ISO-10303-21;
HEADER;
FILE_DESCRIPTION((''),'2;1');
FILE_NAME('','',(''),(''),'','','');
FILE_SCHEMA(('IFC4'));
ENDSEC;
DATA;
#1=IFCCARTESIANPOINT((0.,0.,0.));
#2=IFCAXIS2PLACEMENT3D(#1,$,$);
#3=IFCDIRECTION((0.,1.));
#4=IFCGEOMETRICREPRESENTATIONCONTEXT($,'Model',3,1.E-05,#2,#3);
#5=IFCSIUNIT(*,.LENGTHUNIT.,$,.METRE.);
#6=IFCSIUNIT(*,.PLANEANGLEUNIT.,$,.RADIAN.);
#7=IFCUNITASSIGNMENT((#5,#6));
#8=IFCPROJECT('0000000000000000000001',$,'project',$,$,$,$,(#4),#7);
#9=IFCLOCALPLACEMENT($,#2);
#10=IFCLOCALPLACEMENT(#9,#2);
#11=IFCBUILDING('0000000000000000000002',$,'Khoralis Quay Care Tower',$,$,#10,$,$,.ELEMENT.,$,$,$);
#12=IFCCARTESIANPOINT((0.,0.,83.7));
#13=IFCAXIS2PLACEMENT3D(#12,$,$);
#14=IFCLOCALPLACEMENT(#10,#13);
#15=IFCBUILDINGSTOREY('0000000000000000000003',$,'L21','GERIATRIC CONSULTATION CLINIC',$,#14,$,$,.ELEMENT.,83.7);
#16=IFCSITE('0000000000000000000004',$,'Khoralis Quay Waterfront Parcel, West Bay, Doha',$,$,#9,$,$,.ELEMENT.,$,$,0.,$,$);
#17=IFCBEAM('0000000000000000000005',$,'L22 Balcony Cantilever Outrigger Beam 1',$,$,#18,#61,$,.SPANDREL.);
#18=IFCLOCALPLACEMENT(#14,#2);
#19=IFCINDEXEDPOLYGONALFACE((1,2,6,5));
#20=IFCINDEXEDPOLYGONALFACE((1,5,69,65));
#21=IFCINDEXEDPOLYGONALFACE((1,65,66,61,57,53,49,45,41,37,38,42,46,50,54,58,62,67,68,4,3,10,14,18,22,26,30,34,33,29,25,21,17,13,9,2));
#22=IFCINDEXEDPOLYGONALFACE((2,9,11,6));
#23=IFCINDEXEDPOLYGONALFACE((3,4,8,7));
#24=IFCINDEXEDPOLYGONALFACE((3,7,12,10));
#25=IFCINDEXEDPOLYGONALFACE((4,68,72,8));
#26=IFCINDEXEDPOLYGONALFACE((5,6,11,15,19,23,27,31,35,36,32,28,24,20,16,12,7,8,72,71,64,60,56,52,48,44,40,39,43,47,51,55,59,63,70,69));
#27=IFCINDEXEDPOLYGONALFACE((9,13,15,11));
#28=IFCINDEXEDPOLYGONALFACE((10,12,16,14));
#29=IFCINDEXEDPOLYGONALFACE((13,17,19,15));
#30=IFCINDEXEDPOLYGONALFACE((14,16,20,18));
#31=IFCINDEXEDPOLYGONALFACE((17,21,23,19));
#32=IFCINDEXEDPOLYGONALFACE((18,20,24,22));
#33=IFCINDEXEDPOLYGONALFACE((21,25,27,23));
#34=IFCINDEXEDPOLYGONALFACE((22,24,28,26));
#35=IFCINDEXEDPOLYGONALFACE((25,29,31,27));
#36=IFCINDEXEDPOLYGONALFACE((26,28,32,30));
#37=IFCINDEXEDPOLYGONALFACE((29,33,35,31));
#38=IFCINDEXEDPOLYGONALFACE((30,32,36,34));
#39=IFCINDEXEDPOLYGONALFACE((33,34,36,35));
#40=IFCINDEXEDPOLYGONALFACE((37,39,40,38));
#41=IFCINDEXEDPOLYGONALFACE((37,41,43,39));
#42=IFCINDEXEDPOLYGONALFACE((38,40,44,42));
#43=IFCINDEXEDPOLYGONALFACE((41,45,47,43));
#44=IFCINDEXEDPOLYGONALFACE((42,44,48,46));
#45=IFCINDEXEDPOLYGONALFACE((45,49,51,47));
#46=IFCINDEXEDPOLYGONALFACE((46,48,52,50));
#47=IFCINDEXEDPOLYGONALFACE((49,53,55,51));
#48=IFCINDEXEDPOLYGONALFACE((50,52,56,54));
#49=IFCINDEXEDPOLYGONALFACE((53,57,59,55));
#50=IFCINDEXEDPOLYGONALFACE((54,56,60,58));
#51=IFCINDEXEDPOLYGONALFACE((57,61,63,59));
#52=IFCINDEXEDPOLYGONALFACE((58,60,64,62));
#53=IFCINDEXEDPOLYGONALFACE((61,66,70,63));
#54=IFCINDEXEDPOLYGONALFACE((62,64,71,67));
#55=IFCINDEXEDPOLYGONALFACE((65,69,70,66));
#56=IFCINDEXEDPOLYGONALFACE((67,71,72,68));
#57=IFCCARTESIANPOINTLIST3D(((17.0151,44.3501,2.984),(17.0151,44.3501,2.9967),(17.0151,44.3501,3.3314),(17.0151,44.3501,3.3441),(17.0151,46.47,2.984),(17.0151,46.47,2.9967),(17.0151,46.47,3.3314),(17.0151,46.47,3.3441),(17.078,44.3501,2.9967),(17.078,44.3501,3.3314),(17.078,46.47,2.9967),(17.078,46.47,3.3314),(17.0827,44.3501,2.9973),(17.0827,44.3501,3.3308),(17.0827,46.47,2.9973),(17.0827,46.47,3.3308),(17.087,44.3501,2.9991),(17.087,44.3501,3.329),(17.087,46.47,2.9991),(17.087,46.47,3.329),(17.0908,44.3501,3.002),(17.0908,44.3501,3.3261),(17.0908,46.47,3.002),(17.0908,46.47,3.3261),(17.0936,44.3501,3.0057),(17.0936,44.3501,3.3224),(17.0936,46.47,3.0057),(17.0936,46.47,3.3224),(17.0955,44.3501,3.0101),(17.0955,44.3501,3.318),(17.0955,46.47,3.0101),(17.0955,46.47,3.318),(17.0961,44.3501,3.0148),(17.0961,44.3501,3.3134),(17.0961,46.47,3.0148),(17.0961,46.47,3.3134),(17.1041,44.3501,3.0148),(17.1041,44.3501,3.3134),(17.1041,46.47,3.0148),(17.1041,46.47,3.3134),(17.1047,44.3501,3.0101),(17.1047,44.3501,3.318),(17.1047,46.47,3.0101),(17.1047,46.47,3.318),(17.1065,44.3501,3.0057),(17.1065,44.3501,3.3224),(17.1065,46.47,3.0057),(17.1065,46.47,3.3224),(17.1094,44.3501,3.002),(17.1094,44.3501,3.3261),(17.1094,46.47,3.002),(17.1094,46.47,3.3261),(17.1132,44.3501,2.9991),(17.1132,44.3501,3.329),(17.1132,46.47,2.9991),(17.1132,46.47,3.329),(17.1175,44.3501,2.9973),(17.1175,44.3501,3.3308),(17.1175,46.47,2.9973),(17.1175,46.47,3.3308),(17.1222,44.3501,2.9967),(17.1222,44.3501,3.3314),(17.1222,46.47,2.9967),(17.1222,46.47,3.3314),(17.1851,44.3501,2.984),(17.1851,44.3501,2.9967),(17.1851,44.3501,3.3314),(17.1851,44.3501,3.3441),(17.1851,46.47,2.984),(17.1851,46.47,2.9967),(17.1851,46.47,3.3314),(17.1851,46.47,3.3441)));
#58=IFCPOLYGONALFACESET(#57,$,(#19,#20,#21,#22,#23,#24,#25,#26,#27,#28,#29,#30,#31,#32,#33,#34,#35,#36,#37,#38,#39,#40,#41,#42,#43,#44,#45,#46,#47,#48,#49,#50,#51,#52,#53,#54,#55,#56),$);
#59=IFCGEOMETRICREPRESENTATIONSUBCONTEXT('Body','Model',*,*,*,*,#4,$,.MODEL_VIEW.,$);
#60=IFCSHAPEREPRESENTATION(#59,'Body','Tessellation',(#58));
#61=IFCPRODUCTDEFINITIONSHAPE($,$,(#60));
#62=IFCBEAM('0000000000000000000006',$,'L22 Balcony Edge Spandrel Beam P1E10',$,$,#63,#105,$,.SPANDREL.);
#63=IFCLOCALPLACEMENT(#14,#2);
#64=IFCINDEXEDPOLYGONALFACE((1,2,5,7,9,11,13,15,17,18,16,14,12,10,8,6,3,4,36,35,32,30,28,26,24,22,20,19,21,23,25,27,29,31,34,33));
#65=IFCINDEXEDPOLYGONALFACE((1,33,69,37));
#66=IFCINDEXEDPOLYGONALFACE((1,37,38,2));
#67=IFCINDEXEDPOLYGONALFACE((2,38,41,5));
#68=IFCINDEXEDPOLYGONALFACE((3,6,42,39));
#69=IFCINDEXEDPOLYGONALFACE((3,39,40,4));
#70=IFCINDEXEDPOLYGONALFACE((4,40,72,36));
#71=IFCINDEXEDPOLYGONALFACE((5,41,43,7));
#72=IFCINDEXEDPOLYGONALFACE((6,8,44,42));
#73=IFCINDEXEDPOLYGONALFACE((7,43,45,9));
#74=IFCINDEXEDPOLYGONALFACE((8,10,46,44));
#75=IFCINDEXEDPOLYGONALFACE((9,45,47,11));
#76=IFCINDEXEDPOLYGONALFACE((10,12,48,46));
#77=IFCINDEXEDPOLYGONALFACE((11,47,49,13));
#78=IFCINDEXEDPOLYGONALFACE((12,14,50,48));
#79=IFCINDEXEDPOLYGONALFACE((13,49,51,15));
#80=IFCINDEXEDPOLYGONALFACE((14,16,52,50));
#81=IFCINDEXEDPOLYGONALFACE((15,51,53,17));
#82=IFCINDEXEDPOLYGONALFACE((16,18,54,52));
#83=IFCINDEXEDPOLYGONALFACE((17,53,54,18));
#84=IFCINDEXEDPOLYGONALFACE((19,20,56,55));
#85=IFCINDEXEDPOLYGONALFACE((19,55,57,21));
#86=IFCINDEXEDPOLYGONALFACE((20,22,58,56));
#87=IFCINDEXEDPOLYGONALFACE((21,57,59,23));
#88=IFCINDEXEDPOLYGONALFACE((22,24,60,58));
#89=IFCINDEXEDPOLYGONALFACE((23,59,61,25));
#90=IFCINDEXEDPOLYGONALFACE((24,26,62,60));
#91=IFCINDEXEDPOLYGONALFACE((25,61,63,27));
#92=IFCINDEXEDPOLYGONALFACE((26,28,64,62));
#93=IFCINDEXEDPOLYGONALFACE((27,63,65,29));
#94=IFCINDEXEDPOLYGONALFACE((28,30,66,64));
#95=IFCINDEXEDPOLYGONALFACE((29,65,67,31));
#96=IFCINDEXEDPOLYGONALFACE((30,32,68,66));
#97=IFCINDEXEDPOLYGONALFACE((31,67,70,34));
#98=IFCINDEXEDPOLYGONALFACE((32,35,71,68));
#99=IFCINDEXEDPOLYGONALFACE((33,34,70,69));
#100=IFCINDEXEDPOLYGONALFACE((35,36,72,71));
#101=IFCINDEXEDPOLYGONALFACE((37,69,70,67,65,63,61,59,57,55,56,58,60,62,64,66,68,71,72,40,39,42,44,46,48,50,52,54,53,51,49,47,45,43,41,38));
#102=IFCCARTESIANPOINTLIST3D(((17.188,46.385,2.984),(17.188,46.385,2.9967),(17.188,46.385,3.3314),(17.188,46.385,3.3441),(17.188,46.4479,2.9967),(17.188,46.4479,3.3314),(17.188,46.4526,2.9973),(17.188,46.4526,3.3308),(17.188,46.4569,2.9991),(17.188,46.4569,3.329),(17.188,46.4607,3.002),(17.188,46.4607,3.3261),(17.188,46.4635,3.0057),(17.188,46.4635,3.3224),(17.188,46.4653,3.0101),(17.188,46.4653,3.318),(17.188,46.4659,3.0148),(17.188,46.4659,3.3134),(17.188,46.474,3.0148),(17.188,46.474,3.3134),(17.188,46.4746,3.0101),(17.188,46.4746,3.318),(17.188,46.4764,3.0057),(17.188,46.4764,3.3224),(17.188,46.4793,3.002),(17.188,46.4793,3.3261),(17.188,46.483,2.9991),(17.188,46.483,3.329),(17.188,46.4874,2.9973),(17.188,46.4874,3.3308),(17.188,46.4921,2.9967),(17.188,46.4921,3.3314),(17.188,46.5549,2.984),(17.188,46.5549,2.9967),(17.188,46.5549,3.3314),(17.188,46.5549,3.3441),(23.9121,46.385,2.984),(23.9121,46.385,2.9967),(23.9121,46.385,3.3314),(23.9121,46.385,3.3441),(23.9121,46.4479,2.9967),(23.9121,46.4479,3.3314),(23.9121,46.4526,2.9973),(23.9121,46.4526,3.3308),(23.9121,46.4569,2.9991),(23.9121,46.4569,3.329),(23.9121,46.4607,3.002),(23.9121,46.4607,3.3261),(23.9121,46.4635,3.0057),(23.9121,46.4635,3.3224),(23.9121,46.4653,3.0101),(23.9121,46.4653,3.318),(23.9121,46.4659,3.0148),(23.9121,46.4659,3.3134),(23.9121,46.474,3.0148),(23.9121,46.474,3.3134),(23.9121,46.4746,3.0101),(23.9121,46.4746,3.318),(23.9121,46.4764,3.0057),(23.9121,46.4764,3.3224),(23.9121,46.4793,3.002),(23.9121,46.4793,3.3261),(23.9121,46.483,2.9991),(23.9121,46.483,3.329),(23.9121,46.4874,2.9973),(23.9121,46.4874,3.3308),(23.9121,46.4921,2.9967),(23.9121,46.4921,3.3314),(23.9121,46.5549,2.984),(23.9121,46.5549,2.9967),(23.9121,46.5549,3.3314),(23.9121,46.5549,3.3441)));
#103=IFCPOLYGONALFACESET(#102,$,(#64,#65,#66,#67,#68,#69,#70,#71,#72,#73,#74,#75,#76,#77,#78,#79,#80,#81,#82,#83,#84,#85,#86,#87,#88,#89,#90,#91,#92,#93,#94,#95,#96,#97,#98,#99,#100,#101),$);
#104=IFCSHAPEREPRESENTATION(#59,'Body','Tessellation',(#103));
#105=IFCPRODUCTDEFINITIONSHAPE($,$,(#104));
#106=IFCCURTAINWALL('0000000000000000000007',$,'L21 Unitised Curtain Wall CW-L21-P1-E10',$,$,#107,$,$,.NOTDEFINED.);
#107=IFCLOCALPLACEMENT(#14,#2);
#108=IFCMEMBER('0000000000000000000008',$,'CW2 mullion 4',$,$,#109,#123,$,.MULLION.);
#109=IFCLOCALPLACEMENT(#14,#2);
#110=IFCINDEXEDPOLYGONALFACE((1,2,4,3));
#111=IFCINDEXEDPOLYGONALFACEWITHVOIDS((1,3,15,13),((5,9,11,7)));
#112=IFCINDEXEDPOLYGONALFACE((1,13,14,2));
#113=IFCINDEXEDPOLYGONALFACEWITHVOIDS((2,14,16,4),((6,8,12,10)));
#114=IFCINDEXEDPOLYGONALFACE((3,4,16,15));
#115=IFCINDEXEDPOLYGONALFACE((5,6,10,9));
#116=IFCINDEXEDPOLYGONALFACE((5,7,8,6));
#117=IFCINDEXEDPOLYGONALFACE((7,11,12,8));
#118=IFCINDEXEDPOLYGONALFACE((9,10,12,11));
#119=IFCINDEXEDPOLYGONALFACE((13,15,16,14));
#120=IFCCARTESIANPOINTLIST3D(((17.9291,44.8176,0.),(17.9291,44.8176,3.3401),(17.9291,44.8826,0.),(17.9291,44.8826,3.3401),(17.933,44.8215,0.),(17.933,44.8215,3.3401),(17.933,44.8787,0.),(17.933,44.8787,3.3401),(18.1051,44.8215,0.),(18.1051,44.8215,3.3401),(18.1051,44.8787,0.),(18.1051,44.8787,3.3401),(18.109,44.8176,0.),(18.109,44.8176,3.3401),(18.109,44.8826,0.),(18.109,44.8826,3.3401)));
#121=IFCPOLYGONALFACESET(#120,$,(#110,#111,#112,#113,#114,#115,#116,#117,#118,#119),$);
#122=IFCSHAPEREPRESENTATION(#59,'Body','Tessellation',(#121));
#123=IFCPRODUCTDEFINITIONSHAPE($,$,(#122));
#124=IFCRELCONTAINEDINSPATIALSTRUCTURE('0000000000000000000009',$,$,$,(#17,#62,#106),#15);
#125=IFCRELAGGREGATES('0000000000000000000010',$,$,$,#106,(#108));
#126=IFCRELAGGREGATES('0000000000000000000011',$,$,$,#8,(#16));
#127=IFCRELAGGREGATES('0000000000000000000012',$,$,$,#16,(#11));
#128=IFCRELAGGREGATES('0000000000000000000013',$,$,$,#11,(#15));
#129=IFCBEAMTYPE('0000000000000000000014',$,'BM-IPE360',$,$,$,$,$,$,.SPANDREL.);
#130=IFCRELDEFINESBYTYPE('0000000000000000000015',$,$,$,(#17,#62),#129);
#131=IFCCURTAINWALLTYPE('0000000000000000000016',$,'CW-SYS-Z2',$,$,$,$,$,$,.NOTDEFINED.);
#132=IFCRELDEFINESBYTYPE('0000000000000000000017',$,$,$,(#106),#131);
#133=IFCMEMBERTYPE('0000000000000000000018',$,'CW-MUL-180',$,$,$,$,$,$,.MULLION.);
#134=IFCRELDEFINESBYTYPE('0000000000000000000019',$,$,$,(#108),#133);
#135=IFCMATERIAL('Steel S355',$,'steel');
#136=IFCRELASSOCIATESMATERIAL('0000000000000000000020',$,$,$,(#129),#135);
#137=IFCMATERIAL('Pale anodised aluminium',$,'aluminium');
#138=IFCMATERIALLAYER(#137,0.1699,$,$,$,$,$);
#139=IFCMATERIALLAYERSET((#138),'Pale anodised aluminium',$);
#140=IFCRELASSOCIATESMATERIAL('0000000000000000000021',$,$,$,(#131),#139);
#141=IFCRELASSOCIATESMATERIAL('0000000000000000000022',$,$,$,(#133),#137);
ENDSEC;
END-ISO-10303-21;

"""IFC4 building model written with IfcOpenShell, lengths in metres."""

from ifc_helpers import new_model, si_unit, direction, frame, origin, origin_2d, place, context, subcontext, project, spatial, hollow_rectangle, i_section, extrude, source, transform, mapped, material, layer, layer_set, material_profile, profile_set, type_object, element, aggregate, save


model = new_model("IFC4")

# Units and contexts
model_context = context("Model", 3, precision=1e-05, world=origin(), true_north=direction((0.0, 1.0)))
body_context = subcontext(model_context, "Body", "Model", "MODEL_VIEW")
ifc_project = project(units=[si_unit("LENGTHUNIT", "METRE"), si_unit("PLANEANGLEUNIT", "RADIAN")], contexts=[model_context])

# Site, building, storey
site_placement = place(None, origin())
site = spatial("IfcSite", under=ifc_project, at=site_placement, Name="Khoralis Quay Waterfront Parcel, West Bay, Doha", CompositionType="ELEMENT", RefElevation=0.0)
building_placement = place(site_placement, origin())
building = spatial("IfcBuilding", under=site, at=building_placement, Name="Khoralis Quay Care Tower", CompositionType="ELEMENT")
storey_placement = place(building_placement, frame((0.0, 0.0, 83.7)))
storey = spatial("IfcBuildingStorey", under=building, at=storey_placement, Name="L21", Description="GERIATRIC CONSULTATION CLINIC", CompositionType="ELEMENT", Elevation=83.7)

# Beams
ifc_material_1 = material(Name="Steel S355", Category="steel")
ifc_material_profile_1 = material_profile(ifc_material_1, i_section(OverallWidth=0.1699, OverallDepth=0.3601, WebThickness=0.0081, FlangeThickness=0.0127, FilletRadius=0.0181, at=origin_2d()), Name="Steel S355")
ifc_profile_set_1 = profile_set([ifc_material_profile_1], Name="Steel S355")
beam_type_1 = type_object("IfcBeamType", Name="BM-IPE360", PredefinedType="SPANDREL", material=ifc_profile_set_1)
shared_shape_1 = source(origin(), body_context, "Body", "SweptSolid", [
    extrude(i_section(OverallWidth=0.1699, OverallDepth=0.3601, WebThickness=0.0081, FlangeThickness=0.0127, FilletRadius=0.0181, at=origin_2d()), origin(), (0.0, 0.0, 1.0), 2.1199),
])
beam_1_placement = place(storey_placement, frame((17.1001, 44.3501, 3.1641), z_axis=(0.0, 1.0, 0.0), x_axis=(-1.0, 0.0, 0.0)))
element("IfcBeam", 1, at=beam_1_placement, inside=storey, type_object=beam_type_1, Name="L22 Balcony Cantilever Outrigger Beam 1", PredefinedType="SPANDREL", context=body_context, shape_type="MappedRepresentation", body=[
    mapped(shared_shape_1, transform((0.0, 0.0, 0.0), scale=1.0)),
])
shared_shape_2 = source(origin(), body_context, "Body", "SweptSolid", [
    extrude(i_section(OverallWidth=0.1699, OverallDepth=0.3601, WebThickness=0.0081, FlangeThickness=0.0127, FilletRadius=0.0181, at=origin_2d()), origin(), (0.0, 0.0, 1.0), 6.7241),
])
beam_2_placement = place(storey_placement, frame((17.188, 46.47, 3.1641), z_axis=(1.0, 0.0, 0.0), x_axis=(0.0, 1.0, 0.0)))
element("IfcBeam", 2, at=beam_2_placement, inside=storey, type_object=beam_type_1, Name="L22 Balcony Edge Spandrel Beam P1E10", PredefinedType="SPANDREL", context=body_context, shape_type="MappedRepresentation", body=[
    mapped(shared_shape_2, transform((0.0, 0.0, 0.0), scale=1.0)),
])

# Curtain wall, member
ifc_material_2 = material(Name="Pale anodised aluminium", Category="aluminium")
ifc_layer_1 = layer(ifc_material_2, 0.1699)
ifc_layer_set_1 = layer_set([ifc_layer_1], Name="Pale anodised aluminium")
curtain_wall_type = type_object("IfcCurtainWallType", Name="CW-SYS-Z2", PredefinedType="NOTDEFINED", material=ifc_layer_set_1)
curtain_wall_placement = place(storey_placement, origin())
curtain_wall = element("IfcCurtainWall", 3, at=curtain_wall_placement, inside=storey, type_object=curtain_wall_type, Name="L21 Unitised Curtain Wall CW-L21-P1-E10", PredefinedType="NOTDEFINED")
ifc_material_profile_2 = material_profile(ifc_material_2, hollow_rectangle(XDim=0.0649, YDim=0.1799, WallThickness=0.0039, at=origin_2d()), Name="Pale anodised aluminium")
ifc_profile_set_2 = profile_set([ifc_material_profile_2], Name="Pale anodised aluminium")
member_type = type_object("IfcMemberType", Name="CW-MUL-180", PredefinedType="MULLION", material=ifc_profile_set_2)
shared_shape_3 = source(origin(), body_context, "Body", "SweptSolid", [
    extrude(hollow_rectangle(XDim=0.0649, YDim=0.1799, WallThickness=0.0039, at=origin_2d()), origin(), (0.0, 0.0, 1.0), 3.3401),
])
member_placement = place(storey_placement, frame((18.019, 44.8501, 0.0), z_axis=(0.0, 0.0, 1.0), x_axis=(0.0, -1.0, 0.0)))
member = element("IfcMember", 4, at=member_placement, type_object=member_type, Name="CW2 mullion 4", PredefinedType="MULLION", context=body_context, shape_type="MappedRepresentation", body=[
    mapped(shared_shape_3, transform((0.0, 0.0, 0.0), scale=1.0)),
])
aggregate(curtain_wall, [member])

save(model, "model.ifc")
